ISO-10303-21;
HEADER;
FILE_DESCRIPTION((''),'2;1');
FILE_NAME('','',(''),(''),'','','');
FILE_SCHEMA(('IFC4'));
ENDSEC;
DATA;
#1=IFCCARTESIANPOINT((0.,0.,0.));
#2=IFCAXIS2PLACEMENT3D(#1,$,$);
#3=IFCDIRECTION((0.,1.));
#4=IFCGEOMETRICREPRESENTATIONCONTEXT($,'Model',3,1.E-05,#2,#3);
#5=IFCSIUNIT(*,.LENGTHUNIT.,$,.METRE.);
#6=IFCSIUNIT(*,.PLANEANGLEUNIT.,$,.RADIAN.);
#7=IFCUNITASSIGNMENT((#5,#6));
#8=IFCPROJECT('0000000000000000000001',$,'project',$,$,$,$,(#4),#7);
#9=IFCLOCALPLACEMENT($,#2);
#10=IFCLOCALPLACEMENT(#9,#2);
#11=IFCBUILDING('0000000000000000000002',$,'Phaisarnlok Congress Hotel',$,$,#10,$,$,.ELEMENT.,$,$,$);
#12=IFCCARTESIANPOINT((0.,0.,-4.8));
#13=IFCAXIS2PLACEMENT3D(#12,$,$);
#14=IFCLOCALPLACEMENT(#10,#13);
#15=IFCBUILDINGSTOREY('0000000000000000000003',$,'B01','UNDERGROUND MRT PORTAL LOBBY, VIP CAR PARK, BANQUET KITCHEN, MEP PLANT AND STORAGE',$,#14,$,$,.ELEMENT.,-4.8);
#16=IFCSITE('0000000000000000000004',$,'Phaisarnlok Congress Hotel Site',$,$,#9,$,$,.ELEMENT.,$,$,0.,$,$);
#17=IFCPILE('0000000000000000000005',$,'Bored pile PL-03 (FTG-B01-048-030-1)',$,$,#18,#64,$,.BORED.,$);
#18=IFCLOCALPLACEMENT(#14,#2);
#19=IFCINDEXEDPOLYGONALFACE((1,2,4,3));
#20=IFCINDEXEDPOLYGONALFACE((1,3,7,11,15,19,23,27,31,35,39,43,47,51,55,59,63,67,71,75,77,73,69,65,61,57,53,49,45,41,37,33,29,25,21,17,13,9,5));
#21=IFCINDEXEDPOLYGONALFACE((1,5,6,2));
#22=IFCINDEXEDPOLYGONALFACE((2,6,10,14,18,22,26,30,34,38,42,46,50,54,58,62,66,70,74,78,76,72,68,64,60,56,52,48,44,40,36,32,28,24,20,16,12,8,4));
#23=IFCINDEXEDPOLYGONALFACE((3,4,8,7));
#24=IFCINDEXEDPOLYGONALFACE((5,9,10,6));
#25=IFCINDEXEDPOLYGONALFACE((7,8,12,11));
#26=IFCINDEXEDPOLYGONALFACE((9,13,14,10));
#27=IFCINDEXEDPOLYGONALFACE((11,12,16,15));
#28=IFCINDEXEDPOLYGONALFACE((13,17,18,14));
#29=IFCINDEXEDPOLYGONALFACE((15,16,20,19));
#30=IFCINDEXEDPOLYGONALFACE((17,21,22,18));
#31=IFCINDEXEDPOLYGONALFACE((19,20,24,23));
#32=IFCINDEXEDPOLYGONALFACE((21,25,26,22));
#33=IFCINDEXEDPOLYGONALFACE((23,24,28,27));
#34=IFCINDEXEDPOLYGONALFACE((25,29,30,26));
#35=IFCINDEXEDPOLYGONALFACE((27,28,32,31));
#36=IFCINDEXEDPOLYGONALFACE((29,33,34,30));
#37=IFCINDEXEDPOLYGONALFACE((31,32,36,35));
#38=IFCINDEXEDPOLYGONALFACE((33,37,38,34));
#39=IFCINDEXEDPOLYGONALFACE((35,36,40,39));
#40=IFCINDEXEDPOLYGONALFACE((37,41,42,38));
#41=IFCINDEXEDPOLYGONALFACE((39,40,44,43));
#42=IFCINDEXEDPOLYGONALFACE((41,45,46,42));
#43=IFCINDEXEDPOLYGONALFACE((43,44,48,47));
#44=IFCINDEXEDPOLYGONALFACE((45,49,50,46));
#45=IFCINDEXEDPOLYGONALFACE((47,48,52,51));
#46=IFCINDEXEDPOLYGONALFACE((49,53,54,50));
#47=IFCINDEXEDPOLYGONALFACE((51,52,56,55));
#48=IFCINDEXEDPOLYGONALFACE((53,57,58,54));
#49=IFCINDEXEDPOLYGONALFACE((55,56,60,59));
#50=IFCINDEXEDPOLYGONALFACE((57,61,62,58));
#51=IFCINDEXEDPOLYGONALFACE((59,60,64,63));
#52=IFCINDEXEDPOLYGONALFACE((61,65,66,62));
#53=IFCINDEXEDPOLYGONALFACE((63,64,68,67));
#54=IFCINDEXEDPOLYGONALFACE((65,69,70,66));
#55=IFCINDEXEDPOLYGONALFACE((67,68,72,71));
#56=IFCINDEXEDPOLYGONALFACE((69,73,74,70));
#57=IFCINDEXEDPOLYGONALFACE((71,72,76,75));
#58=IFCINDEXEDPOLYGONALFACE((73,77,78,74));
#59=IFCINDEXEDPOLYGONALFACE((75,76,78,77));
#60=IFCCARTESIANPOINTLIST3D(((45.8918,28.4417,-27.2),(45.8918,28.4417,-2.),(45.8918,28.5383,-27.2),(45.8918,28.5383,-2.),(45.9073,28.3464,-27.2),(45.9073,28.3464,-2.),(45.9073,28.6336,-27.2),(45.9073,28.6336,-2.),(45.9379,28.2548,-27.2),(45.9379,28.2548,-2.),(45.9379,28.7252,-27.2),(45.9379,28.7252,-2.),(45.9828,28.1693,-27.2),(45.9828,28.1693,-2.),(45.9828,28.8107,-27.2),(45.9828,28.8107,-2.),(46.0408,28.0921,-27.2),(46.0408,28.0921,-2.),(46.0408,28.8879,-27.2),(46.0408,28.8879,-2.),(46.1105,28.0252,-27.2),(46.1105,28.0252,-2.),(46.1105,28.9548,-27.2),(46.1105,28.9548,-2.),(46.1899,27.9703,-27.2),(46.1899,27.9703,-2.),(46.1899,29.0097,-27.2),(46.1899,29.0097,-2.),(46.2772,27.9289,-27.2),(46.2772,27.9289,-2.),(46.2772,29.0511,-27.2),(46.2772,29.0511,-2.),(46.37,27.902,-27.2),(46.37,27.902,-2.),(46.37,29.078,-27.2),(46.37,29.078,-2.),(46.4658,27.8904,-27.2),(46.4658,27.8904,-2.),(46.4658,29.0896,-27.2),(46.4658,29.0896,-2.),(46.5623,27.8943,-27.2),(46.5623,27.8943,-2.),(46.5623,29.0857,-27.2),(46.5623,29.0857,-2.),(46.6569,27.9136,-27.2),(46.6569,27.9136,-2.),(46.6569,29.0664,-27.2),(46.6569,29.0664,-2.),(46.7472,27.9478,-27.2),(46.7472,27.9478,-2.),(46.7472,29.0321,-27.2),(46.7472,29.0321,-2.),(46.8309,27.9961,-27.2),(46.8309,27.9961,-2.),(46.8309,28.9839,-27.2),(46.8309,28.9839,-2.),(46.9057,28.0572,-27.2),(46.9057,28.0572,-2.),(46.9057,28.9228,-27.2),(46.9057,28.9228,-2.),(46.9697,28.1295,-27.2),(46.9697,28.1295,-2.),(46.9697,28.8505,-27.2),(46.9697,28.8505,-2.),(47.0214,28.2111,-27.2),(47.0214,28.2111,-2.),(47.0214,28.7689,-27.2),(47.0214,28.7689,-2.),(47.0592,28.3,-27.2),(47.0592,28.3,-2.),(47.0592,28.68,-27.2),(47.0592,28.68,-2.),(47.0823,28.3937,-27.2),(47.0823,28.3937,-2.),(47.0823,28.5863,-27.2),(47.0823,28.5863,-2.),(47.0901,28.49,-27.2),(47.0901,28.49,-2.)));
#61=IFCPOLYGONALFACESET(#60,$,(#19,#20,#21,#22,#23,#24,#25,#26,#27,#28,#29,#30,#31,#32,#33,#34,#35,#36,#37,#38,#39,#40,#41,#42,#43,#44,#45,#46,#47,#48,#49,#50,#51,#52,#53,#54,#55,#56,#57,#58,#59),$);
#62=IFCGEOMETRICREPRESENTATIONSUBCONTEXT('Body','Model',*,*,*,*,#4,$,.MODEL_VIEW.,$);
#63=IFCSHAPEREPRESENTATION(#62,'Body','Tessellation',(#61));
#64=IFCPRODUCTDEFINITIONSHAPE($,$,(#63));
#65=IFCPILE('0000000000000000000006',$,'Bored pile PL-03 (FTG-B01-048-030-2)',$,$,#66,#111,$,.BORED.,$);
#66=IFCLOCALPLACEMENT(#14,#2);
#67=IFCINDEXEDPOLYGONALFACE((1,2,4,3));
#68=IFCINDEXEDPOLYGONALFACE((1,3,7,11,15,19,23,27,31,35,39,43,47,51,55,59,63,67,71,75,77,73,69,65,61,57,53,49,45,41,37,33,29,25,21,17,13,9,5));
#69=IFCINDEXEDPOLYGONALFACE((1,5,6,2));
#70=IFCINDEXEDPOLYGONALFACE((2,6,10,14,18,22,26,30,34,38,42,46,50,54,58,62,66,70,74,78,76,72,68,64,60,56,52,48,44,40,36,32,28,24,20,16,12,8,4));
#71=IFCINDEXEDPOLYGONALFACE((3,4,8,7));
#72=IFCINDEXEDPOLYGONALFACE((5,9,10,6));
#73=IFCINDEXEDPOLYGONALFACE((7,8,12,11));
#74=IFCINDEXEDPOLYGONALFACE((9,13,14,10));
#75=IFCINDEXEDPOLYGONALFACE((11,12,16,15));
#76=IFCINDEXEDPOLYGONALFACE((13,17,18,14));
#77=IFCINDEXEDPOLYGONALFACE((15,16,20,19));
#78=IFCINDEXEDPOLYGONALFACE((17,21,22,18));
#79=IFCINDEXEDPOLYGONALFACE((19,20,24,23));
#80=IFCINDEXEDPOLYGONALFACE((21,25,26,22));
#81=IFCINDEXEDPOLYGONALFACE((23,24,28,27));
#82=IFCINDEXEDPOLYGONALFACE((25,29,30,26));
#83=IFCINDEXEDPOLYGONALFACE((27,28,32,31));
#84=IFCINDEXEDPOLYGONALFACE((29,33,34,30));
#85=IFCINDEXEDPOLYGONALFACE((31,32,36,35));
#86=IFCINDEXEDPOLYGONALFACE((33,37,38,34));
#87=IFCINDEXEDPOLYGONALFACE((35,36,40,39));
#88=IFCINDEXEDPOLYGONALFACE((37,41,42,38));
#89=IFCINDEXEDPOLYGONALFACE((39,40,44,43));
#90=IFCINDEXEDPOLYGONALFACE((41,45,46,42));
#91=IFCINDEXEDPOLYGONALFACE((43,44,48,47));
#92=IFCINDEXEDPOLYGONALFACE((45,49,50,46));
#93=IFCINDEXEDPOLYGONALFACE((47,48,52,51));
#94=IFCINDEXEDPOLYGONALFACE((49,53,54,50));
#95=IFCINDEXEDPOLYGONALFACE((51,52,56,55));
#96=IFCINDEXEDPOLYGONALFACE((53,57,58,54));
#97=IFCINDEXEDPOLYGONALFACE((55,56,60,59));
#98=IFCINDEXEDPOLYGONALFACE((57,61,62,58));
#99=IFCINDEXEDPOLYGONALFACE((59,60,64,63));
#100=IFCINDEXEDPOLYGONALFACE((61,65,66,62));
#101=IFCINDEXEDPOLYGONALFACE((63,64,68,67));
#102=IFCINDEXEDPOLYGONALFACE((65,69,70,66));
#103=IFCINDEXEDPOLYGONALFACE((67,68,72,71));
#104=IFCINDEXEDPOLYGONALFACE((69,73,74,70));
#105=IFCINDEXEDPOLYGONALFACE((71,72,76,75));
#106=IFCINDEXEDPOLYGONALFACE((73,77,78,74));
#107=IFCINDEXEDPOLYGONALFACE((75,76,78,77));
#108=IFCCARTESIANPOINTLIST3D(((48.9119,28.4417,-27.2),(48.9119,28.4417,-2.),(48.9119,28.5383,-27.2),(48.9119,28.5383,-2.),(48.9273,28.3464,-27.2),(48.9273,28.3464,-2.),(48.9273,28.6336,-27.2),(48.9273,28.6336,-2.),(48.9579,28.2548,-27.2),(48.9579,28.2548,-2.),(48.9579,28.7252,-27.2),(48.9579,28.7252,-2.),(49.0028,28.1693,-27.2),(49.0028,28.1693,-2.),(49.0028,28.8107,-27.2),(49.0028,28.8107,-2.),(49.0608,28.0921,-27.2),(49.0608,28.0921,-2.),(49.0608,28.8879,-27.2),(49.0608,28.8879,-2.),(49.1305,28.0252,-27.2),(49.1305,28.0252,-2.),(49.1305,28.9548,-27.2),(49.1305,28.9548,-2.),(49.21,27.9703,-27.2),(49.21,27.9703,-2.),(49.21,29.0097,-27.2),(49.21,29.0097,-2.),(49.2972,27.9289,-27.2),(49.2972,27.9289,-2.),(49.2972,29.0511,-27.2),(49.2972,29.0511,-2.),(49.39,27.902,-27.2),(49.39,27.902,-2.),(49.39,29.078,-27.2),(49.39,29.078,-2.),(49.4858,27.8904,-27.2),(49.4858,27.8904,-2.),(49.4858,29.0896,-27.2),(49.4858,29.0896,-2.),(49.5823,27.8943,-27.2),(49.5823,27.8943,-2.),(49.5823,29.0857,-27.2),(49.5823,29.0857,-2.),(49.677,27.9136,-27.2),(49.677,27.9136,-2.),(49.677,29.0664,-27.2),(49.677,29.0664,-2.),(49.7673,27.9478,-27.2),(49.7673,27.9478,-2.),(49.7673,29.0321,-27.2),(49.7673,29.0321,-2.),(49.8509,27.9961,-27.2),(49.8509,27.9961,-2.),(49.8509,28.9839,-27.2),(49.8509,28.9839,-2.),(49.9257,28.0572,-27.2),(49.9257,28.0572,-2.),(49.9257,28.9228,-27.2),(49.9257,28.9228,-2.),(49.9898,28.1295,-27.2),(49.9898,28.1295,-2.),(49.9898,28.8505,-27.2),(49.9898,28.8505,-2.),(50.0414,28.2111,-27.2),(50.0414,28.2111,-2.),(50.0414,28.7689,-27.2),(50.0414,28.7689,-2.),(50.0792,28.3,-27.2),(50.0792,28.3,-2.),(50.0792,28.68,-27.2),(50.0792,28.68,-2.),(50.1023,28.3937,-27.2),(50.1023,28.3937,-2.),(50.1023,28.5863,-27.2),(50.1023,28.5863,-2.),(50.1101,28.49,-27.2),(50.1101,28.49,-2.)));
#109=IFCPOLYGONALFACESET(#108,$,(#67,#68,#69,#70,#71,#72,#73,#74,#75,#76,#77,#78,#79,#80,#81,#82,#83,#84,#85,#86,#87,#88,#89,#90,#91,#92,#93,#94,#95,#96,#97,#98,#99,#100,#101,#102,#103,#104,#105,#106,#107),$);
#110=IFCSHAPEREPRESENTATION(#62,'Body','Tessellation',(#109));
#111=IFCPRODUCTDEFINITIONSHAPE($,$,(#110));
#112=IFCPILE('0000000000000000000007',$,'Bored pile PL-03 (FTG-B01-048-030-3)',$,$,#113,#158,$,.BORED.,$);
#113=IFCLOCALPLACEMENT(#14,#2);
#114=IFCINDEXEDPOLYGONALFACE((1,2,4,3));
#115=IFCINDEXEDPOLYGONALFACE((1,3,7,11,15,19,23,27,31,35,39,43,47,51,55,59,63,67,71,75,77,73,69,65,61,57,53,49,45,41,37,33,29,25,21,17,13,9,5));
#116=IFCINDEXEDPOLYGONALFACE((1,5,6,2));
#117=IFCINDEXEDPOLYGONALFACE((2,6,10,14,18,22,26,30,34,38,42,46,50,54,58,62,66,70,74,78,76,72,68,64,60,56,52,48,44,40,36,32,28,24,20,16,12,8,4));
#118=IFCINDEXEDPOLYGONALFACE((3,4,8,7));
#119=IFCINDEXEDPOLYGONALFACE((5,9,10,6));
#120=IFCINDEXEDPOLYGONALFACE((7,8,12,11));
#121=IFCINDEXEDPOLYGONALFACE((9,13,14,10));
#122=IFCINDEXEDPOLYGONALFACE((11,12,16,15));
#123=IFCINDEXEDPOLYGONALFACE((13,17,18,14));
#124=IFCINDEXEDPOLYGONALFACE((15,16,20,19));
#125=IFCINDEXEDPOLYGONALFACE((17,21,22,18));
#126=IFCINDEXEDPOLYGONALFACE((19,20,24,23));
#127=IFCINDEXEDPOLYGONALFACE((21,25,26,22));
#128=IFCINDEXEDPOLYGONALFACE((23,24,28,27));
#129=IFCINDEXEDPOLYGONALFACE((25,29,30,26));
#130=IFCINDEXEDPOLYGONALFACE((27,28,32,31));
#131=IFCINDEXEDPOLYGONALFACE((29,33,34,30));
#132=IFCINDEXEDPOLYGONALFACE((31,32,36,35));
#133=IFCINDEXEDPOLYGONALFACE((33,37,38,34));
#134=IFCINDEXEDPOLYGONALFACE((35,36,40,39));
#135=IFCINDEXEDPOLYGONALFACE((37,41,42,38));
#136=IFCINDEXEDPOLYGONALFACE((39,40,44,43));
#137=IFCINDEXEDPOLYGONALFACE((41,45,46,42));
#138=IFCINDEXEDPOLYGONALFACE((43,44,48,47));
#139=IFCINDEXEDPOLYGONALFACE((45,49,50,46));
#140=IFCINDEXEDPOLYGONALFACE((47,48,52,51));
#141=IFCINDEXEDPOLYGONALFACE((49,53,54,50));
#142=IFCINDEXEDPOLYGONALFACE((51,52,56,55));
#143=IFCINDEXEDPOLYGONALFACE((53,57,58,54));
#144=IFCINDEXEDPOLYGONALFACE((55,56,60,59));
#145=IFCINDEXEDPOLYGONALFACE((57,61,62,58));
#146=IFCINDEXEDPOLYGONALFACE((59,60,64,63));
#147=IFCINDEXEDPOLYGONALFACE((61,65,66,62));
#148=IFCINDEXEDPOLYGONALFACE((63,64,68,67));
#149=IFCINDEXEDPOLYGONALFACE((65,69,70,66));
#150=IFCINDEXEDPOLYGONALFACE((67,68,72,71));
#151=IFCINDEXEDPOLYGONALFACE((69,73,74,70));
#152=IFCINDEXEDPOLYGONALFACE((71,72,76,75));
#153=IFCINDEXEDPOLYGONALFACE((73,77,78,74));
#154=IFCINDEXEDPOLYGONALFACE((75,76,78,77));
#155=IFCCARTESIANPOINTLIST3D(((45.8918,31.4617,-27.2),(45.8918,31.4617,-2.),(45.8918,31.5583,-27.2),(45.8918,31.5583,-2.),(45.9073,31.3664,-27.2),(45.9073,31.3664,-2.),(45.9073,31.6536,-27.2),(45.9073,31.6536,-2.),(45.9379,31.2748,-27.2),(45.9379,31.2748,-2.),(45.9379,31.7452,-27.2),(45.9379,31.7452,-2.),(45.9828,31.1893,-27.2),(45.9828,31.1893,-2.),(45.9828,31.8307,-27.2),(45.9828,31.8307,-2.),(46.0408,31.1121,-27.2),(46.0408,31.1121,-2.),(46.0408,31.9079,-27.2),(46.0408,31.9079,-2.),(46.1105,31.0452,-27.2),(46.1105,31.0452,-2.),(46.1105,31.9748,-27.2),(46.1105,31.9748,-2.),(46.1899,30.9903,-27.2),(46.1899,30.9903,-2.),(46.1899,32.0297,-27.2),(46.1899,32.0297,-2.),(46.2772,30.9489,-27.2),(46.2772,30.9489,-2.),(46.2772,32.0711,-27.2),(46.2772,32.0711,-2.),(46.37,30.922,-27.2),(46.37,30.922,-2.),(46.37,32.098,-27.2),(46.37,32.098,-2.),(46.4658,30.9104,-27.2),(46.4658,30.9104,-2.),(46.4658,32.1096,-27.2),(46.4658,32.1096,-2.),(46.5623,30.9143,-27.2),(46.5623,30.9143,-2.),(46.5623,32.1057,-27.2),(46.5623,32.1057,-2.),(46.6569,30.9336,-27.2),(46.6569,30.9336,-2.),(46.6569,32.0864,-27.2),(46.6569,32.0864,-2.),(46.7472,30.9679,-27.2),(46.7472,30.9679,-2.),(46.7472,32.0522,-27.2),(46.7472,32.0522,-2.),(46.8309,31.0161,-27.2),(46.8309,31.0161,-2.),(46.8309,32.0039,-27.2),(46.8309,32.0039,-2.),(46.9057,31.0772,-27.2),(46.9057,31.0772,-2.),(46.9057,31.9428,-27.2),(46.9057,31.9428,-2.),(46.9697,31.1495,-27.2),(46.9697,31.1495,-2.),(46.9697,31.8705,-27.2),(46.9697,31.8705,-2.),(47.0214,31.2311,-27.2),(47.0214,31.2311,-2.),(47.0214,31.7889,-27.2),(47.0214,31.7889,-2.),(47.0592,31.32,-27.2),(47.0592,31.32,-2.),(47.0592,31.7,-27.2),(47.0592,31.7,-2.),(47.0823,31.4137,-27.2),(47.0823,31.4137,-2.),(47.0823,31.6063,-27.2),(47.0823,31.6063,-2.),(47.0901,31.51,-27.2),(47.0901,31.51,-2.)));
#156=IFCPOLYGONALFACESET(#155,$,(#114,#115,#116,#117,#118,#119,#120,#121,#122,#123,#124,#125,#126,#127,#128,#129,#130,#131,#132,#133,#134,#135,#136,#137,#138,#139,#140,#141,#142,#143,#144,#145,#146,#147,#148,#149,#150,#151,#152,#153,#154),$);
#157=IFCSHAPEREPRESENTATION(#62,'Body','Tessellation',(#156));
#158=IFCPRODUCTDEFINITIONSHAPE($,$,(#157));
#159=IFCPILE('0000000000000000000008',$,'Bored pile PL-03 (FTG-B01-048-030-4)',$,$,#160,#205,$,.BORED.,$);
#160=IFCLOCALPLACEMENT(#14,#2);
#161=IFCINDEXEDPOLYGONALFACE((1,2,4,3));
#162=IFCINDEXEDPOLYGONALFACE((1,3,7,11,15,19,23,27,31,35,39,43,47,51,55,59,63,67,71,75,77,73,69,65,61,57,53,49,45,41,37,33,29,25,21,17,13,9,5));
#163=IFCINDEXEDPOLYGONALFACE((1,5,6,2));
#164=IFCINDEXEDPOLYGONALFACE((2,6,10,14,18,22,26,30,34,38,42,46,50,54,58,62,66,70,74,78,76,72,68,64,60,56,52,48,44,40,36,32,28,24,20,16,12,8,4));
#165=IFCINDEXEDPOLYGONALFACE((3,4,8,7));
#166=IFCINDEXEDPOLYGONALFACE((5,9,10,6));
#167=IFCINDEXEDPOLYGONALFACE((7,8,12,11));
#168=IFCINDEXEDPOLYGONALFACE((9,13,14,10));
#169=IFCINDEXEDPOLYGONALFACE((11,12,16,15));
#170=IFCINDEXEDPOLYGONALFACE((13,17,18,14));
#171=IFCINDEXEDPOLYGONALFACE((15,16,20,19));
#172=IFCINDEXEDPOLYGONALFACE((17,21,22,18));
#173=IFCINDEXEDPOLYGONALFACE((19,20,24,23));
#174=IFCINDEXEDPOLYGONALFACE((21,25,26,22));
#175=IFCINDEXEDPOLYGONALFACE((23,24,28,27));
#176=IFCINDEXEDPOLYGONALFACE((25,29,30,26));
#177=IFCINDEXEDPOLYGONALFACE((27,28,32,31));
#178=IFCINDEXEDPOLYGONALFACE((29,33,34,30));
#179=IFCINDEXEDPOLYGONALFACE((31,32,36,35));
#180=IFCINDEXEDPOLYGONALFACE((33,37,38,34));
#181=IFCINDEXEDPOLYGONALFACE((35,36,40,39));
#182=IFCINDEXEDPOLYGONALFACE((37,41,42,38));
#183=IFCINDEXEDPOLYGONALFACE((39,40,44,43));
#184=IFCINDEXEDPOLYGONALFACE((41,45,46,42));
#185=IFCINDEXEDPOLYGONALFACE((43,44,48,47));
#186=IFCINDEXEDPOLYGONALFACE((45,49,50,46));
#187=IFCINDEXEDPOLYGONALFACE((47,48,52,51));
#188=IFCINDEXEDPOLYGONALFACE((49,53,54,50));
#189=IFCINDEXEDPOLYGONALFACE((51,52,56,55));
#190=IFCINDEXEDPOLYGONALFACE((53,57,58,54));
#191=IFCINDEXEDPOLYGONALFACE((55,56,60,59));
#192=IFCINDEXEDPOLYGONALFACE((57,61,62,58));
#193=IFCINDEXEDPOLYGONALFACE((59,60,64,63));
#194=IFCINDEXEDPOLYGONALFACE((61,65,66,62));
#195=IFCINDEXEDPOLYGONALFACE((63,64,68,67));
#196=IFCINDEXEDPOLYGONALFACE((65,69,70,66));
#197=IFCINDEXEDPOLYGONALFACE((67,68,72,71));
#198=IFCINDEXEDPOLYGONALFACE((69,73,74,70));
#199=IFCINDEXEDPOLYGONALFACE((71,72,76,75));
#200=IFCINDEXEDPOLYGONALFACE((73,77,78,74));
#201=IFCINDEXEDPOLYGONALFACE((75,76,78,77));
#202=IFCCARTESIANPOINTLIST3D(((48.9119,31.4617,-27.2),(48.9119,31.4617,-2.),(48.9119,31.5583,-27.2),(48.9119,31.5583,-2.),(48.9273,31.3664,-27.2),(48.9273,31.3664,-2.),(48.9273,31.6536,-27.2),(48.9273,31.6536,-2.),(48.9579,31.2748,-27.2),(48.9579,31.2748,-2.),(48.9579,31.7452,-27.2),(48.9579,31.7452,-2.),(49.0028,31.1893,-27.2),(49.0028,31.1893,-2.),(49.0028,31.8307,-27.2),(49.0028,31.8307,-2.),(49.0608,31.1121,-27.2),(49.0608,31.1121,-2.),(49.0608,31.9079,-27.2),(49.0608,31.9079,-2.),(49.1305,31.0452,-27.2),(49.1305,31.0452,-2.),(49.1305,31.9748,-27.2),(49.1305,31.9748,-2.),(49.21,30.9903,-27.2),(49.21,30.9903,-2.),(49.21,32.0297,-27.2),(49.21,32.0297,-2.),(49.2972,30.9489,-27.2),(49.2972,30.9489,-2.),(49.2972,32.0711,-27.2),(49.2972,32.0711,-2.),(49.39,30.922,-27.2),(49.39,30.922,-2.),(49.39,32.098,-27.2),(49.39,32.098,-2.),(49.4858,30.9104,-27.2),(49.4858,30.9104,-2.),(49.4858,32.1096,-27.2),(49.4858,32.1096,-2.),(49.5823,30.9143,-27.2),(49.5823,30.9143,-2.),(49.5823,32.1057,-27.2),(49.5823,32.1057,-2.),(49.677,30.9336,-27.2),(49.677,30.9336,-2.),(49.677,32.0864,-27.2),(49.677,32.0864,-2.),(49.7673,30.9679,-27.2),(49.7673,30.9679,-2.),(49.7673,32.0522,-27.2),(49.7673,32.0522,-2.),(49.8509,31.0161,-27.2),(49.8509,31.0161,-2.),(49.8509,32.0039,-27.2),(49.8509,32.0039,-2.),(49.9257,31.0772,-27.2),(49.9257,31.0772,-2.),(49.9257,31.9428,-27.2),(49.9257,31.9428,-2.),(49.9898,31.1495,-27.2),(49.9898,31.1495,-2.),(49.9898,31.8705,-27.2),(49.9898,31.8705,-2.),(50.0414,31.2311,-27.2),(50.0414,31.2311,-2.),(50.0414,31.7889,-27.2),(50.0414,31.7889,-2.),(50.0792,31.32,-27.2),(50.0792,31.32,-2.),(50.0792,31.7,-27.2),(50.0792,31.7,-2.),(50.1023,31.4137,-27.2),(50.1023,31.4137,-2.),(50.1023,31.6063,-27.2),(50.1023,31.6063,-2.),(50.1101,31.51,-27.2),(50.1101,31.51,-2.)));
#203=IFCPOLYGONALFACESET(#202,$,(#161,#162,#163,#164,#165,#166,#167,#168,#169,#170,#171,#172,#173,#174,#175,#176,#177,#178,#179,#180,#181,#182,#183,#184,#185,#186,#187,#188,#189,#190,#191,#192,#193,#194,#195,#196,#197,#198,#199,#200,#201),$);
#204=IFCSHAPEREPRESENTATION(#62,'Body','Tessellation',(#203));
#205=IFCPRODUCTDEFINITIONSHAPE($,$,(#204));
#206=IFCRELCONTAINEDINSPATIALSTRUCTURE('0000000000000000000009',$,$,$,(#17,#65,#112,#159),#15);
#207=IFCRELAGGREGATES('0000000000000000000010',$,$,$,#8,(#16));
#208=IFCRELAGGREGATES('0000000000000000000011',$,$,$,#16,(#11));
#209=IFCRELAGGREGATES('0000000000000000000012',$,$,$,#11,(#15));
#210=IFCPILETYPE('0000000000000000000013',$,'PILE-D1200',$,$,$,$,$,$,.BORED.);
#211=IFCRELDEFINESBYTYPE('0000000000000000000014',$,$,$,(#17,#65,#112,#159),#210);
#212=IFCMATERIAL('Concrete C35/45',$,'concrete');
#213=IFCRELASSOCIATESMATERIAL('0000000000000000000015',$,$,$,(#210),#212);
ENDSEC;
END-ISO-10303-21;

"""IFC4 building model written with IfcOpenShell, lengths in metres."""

from ifc_helpers import new_model, si_unit, direction, frame, origin, origin_2d, place, context, subcontext, project, spatial, circle, extrude, material, material_profile, profile_set, type_object, element, save


model = new_model("IFC4")

# Units and contexts
model_context = context("Model", 3, precision=1e-05, world=origin(), true_north=direction((0.0, 1.0)))
body_context = subcontext(model_context, "Body", "Model", "MODEL_VIEW")
ifc_project = project(units=[si_unit("LENGTHUNIT", "METRE"), si_unit("PLANEANGLEUNIT", "RADIAN")], contexts=[model_context])

# Site, building, storey
site_placement = place(None, origin())
site = spatial("IfcSite", under=ifc_project, at=site_placement, Name="Phaisarnlok Congress Hotel Site", CompositionType="ELEMENT", RefElevation=0.0)
building_placement = place(site_placement, origin())
building = spatial("IfcBuilding", under=site, at=building_placement, Name="Phaisarnlok Congress Hotel", CompositionType="ELEMENT")
storey_placement = place(building_placement, frame((0.0, 0.0, -4.8)))
storey = spatial("IfcBuildingStorey", under=building, at=storey_placement, Name="B01", Description="UNDERGROUND MRT PORTAL LOBBY, VIP CAR PARK, BANQUET KITCHEN, MEP PLANT AND STORAGE", CompositionType="ELEMENT", Elevation=-4.8)

# Piles
ifc_material_1 = material(Name="Concrete C35/45", Category="concrete")
ifc_material_profile_1 = material_profile(ifc_material_1, circle(Radius=0.6001, at=origin_2d()), Name="BORED PILE D1200")
ifc_profile_set_1 = profile_set([ifc_material_profile_1], Name="Concrete C35/45")
pile_type_1 = type_object("IfcPileType", Name="PILE-D1200", PredefinedType="BORED", material=ifc_profile_set_1)
for number, where, z_axis, x_axis, name in (
    (1, (46.49, 28.49, -2.0), (0.0, 0.0, -1.0), (1.0, 0.0, 0.0), "Bored pile PL-03 (FTG-B01-048-030-1)"),
    (2, (49.51, 28.49, -2.0), (0.0, 0.0, -1.0), (1.0, 0.0, 0.0), "Bored pile PL-03 (FTG-B01-048-030-2)"),
    (3, (46.49, 31.51, -2.0), (0.0, 0.0, -1.0), (1.0, 0.0, 0.0), "Bored pile PL-03 (FTG-B01-048-030-3)"),
    (4, (49.51, 31.51, -2.0), (0.0, 0.0, -1.0), (1.0, 0.0, 0.0), "Bored pile PL-03 (FTG-B01-048-030-4)"),
):
    element("IfcPile", number, at=place(storey_placement, frame(where, z_axis=z_axis, x_axis=x_axis)), inside=storey, type_object=pile_type_1, Name=name, PredefinedType="BORED", context=body_context, shape_type="SweptSolid", body=[
        extrude(circle(Radius=0.6001, at=origin_2d()), origin(), (0.0, 0.0, 1.0), 25.2),
    ])

save(model, "model.ifc")
